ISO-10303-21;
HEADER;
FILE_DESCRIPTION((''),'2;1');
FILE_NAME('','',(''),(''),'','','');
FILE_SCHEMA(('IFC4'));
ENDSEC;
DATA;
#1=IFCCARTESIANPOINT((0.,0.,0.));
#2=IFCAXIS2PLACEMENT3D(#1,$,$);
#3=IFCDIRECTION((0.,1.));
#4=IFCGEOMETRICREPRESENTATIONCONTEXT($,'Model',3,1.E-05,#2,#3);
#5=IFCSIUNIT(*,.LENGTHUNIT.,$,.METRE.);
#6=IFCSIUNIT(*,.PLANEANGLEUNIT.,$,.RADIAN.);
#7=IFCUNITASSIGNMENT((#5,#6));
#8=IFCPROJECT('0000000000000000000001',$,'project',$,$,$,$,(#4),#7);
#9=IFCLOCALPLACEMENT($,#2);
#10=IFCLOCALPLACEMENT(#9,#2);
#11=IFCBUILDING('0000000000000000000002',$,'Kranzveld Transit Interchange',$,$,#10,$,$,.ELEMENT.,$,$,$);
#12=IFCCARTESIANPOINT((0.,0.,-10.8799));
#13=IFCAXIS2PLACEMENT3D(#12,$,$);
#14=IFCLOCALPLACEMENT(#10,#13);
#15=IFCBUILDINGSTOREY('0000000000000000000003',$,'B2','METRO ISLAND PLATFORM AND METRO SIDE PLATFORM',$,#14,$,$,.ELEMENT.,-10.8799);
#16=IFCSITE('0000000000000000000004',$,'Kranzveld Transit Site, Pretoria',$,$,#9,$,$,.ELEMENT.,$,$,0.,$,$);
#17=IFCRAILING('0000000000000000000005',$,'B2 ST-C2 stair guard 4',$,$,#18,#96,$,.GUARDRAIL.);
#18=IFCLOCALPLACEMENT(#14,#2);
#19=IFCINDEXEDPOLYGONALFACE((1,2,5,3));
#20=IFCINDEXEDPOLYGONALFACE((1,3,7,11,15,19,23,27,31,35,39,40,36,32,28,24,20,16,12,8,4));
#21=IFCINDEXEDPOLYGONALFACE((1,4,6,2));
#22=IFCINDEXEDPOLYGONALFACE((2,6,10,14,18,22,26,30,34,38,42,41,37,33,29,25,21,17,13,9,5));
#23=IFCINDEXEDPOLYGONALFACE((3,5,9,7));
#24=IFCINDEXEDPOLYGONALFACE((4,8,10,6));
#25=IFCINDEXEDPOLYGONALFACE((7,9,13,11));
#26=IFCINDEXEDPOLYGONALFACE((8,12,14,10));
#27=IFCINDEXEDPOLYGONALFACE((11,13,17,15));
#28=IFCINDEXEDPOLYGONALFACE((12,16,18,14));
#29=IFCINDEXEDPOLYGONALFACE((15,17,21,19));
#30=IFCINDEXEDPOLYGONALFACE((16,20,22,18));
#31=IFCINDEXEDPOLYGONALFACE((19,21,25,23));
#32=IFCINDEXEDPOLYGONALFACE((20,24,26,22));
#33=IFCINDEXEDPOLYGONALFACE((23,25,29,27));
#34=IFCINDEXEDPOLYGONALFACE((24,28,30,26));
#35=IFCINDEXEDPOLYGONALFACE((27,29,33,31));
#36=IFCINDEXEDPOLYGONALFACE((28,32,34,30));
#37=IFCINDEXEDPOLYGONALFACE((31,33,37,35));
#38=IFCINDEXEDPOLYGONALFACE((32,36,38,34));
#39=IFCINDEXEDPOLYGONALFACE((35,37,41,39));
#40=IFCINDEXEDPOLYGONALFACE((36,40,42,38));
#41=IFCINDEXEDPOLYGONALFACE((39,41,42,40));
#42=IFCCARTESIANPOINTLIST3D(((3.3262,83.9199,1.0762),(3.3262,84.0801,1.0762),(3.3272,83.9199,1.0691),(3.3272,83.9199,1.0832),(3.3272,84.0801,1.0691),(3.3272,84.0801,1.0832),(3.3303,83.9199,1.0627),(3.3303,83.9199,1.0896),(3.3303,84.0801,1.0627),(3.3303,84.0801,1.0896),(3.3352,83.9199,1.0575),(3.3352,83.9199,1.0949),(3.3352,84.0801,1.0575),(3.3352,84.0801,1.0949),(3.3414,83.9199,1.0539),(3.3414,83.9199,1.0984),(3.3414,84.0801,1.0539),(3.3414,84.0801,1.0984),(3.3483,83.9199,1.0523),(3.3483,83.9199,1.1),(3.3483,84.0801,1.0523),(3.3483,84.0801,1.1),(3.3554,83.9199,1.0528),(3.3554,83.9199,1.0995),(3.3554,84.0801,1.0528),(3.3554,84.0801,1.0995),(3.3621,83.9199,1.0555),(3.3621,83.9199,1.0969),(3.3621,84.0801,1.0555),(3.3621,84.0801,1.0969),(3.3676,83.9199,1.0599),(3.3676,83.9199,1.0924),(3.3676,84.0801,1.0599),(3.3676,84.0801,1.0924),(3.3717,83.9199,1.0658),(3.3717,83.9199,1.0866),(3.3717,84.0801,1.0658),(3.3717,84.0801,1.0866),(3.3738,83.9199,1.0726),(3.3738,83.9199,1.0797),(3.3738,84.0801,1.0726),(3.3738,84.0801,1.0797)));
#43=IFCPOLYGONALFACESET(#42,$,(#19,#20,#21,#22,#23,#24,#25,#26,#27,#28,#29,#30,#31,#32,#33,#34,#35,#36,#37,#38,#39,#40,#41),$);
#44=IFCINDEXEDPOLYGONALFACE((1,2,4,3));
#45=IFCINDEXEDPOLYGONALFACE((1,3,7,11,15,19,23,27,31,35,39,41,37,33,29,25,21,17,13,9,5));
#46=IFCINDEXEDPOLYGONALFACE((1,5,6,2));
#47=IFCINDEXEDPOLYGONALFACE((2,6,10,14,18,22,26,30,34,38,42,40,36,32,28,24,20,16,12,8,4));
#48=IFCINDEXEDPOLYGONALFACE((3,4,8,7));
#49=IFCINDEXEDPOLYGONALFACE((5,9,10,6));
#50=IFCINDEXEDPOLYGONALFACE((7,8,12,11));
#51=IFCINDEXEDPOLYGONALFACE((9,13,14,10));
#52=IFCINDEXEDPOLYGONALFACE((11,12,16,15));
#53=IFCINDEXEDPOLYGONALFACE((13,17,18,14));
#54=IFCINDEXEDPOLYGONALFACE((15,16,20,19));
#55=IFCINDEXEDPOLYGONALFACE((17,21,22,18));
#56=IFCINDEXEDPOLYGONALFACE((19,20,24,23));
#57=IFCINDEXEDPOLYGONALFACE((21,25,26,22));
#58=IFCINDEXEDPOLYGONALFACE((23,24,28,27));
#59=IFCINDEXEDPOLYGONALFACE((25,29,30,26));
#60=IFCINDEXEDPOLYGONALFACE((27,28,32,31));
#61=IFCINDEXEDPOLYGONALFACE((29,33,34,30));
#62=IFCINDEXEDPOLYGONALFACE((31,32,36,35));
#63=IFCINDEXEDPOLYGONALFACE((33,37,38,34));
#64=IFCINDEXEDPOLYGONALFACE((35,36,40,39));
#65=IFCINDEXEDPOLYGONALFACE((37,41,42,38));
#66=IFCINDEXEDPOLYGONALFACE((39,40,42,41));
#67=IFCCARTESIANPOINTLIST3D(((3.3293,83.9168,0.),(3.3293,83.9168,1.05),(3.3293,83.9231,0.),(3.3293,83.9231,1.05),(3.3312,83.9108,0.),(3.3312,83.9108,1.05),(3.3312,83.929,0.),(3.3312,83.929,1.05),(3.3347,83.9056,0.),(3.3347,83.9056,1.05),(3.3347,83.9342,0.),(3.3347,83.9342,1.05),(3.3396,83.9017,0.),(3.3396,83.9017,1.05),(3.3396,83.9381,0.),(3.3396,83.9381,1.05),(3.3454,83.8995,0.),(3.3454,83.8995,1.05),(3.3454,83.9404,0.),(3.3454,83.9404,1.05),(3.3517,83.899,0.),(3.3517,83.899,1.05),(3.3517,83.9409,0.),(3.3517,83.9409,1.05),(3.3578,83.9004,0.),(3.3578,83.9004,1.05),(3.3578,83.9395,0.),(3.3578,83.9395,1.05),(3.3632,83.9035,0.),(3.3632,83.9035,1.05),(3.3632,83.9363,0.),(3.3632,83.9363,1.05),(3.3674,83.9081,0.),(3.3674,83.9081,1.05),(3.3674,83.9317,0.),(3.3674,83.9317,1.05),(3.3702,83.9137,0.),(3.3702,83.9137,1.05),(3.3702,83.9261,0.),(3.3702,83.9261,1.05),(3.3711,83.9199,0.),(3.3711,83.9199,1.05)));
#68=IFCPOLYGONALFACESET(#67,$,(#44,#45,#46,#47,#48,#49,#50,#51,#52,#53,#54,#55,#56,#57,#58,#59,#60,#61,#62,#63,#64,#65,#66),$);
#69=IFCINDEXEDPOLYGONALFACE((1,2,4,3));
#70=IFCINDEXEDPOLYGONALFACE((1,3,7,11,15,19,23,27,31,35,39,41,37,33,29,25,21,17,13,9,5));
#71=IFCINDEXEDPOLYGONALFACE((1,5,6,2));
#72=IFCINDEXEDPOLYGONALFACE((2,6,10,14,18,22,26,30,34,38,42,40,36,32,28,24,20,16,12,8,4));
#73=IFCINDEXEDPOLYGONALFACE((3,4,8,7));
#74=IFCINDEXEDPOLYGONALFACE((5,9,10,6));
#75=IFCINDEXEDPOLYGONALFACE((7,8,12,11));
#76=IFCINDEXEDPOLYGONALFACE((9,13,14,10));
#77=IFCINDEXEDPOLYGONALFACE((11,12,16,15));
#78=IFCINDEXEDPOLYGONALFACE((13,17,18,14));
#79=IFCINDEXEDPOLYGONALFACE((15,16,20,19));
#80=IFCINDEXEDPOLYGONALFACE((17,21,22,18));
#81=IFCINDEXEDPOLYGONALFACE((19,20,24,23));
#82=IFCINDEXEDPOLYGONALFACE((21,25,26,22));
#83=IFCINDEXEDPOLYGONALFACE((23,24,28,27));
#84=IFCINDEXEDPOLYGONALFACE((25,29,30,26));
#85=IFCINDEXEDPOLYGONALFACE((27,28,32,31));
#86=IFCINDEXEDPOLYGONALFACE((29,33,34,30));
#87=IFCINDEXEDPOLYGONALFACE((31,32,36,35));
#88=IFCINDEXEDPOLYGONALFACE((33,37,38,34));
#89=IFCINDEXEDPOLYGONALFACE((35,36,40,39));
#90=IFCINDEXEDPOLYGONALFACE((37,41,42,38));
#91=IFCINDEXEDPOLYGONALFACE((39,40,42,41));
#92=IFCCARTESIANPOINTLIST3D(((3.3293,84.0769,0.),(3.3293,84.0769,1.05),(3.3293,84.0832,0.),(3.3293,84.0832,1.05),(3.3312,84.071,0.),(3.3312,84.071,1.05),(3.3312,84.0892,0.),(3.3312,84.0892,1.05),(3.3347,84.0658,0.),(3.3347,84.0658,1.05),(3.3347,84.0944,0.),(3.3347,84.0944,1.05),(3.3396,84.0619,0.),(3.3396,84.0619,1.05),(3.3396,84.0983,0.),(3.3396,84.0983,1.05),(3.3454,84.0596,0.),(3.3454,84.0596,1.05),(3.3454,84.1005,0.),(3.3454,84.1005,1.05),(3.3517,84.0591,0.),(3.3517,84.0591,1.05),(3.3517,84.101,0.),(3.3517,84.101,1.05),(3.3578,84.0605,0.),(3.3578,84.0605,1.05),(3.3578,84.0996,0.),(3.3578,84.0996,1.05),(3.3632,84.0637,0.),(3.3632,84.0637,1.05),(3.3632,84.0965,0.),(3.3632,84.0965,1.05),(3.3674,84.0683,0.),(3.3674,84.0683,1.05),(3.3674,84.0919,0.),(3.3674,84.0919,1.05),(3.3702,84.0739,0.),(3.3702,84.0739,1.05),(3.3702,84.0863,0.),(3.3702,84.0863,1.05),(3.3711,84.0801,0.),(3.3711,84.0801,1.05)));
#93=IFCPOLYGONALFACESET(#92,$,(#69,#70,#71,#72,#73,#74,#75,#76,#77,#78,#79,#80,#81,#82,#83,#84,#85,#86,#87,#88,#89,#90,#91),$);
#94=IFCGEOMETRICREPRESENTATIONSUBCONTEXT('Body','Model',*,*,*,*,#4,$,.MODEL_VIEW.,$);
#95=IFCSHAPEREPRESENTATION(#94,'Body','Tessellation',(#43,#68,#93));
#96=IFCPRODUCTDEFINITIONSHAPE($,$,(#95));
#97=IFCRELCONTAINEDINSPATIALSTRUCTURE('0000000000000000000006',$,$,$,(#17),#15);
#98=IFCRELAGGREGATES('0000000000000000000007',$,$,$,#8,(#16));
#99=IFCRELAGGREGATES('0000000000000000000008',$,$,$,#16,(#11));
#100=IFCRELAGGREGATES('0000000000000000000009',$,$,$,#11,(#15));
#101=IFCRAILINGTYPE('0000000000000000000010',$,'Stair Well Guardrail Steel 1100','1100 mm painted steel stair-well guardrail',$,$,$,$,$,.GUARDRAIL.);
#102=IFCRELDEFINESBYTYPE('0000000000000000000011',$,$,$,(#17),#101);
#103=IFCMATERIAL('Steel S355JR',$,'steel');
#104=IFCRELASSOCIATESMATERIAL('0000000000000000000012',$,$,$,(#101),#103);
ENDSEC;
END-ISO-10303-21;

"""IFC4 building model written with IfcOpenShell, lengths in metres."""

from ifc_helpers import new_model, si_unit, direction, frame, origin, origin_2d, place, context, subcontext, project, spatial, circle, extrude, material, type_object, element, save


model = new_model("IFC4")

# Units and contexts
model_context = context("Model", 3, precision=1e-05, world=origin(), true_north=direction((0.0, 1.0)))
body_context = subcontext(model_context, "Body", "Model", "MODEL_VIEW")
ifc_project = project(units=[si_unit("LENGTHUNIT", "METRE"), si_unit("PLANEANGLEUNIT", "RADIAN")], contexts=[model_context])

# Site, building, storey
site_placement = place(None, origin())
site = spatial("IfcSite", under=ifc_project, at=site_placement, Name="Kranzveld Transit Site, Pretoria", CompositionType="ELEMENT", RefElevation=0.0)
building_placement = place(site_placement, origin())
building = spatial("IfcBuilding", under=site, at=building_placement, Name="Kranzveld Transit Interchange", CompositionType="ELEMENT")
storey_placement = place(building_placement, frame((0.0, 0.0, -10.8799)))
storey = spatial("IfcBuildingStorey", under=building, at=storey_placement, Name="B2", Description="METRO ISLAND PLATFORM AND METRO SIDE PLATFORM", CompositionType="ELEMENT", Elevation=-10.8799)

# Railing
ifc_material_1 = material(Name="Steel S355JR", Category="steel")
railing_type_1 = type_object("IfcRailingType", Name="Stair Well Guardrail Steel 1100", Description="1100 mm painted steel stair-well guardrail", PredefinedType="GUARDRAIL", material=ifc_material_1)
railing_1_placement = place(storey_placement, frame((3.3501, 83.9199, 0.0)))
element("IfcRailing", 1, at=railing_1_placement, inside=storey, type_object=railing_type_1, Name="B2 ST-C2 stair guard 4", PredefinedType="GUARDRAIL", context=body_context, shape_type="SweptSolid", body=[
    extrude(circle(Radius=0.0239, at=origin_2d()), frame((0.0, 0.0, 1.0762), z_axis=(0.0, 1.0, 0.0), x_axis=(-1.0, 0.0, 0.0)), (0.0, 0.0, 1.0), 0.1602),
    extrude(circle(Radius=0.021, at=origin_2d()), origin(), (0.0, 0.0, 1.0), 1.05),
    extrude(circle(Radius=0.021, at=origin_2d()), frame((0.0, 0.1602, 0.0)), (0.0, 0.0, 1.0), 1.05),
])

save(model, "model.ifc")
